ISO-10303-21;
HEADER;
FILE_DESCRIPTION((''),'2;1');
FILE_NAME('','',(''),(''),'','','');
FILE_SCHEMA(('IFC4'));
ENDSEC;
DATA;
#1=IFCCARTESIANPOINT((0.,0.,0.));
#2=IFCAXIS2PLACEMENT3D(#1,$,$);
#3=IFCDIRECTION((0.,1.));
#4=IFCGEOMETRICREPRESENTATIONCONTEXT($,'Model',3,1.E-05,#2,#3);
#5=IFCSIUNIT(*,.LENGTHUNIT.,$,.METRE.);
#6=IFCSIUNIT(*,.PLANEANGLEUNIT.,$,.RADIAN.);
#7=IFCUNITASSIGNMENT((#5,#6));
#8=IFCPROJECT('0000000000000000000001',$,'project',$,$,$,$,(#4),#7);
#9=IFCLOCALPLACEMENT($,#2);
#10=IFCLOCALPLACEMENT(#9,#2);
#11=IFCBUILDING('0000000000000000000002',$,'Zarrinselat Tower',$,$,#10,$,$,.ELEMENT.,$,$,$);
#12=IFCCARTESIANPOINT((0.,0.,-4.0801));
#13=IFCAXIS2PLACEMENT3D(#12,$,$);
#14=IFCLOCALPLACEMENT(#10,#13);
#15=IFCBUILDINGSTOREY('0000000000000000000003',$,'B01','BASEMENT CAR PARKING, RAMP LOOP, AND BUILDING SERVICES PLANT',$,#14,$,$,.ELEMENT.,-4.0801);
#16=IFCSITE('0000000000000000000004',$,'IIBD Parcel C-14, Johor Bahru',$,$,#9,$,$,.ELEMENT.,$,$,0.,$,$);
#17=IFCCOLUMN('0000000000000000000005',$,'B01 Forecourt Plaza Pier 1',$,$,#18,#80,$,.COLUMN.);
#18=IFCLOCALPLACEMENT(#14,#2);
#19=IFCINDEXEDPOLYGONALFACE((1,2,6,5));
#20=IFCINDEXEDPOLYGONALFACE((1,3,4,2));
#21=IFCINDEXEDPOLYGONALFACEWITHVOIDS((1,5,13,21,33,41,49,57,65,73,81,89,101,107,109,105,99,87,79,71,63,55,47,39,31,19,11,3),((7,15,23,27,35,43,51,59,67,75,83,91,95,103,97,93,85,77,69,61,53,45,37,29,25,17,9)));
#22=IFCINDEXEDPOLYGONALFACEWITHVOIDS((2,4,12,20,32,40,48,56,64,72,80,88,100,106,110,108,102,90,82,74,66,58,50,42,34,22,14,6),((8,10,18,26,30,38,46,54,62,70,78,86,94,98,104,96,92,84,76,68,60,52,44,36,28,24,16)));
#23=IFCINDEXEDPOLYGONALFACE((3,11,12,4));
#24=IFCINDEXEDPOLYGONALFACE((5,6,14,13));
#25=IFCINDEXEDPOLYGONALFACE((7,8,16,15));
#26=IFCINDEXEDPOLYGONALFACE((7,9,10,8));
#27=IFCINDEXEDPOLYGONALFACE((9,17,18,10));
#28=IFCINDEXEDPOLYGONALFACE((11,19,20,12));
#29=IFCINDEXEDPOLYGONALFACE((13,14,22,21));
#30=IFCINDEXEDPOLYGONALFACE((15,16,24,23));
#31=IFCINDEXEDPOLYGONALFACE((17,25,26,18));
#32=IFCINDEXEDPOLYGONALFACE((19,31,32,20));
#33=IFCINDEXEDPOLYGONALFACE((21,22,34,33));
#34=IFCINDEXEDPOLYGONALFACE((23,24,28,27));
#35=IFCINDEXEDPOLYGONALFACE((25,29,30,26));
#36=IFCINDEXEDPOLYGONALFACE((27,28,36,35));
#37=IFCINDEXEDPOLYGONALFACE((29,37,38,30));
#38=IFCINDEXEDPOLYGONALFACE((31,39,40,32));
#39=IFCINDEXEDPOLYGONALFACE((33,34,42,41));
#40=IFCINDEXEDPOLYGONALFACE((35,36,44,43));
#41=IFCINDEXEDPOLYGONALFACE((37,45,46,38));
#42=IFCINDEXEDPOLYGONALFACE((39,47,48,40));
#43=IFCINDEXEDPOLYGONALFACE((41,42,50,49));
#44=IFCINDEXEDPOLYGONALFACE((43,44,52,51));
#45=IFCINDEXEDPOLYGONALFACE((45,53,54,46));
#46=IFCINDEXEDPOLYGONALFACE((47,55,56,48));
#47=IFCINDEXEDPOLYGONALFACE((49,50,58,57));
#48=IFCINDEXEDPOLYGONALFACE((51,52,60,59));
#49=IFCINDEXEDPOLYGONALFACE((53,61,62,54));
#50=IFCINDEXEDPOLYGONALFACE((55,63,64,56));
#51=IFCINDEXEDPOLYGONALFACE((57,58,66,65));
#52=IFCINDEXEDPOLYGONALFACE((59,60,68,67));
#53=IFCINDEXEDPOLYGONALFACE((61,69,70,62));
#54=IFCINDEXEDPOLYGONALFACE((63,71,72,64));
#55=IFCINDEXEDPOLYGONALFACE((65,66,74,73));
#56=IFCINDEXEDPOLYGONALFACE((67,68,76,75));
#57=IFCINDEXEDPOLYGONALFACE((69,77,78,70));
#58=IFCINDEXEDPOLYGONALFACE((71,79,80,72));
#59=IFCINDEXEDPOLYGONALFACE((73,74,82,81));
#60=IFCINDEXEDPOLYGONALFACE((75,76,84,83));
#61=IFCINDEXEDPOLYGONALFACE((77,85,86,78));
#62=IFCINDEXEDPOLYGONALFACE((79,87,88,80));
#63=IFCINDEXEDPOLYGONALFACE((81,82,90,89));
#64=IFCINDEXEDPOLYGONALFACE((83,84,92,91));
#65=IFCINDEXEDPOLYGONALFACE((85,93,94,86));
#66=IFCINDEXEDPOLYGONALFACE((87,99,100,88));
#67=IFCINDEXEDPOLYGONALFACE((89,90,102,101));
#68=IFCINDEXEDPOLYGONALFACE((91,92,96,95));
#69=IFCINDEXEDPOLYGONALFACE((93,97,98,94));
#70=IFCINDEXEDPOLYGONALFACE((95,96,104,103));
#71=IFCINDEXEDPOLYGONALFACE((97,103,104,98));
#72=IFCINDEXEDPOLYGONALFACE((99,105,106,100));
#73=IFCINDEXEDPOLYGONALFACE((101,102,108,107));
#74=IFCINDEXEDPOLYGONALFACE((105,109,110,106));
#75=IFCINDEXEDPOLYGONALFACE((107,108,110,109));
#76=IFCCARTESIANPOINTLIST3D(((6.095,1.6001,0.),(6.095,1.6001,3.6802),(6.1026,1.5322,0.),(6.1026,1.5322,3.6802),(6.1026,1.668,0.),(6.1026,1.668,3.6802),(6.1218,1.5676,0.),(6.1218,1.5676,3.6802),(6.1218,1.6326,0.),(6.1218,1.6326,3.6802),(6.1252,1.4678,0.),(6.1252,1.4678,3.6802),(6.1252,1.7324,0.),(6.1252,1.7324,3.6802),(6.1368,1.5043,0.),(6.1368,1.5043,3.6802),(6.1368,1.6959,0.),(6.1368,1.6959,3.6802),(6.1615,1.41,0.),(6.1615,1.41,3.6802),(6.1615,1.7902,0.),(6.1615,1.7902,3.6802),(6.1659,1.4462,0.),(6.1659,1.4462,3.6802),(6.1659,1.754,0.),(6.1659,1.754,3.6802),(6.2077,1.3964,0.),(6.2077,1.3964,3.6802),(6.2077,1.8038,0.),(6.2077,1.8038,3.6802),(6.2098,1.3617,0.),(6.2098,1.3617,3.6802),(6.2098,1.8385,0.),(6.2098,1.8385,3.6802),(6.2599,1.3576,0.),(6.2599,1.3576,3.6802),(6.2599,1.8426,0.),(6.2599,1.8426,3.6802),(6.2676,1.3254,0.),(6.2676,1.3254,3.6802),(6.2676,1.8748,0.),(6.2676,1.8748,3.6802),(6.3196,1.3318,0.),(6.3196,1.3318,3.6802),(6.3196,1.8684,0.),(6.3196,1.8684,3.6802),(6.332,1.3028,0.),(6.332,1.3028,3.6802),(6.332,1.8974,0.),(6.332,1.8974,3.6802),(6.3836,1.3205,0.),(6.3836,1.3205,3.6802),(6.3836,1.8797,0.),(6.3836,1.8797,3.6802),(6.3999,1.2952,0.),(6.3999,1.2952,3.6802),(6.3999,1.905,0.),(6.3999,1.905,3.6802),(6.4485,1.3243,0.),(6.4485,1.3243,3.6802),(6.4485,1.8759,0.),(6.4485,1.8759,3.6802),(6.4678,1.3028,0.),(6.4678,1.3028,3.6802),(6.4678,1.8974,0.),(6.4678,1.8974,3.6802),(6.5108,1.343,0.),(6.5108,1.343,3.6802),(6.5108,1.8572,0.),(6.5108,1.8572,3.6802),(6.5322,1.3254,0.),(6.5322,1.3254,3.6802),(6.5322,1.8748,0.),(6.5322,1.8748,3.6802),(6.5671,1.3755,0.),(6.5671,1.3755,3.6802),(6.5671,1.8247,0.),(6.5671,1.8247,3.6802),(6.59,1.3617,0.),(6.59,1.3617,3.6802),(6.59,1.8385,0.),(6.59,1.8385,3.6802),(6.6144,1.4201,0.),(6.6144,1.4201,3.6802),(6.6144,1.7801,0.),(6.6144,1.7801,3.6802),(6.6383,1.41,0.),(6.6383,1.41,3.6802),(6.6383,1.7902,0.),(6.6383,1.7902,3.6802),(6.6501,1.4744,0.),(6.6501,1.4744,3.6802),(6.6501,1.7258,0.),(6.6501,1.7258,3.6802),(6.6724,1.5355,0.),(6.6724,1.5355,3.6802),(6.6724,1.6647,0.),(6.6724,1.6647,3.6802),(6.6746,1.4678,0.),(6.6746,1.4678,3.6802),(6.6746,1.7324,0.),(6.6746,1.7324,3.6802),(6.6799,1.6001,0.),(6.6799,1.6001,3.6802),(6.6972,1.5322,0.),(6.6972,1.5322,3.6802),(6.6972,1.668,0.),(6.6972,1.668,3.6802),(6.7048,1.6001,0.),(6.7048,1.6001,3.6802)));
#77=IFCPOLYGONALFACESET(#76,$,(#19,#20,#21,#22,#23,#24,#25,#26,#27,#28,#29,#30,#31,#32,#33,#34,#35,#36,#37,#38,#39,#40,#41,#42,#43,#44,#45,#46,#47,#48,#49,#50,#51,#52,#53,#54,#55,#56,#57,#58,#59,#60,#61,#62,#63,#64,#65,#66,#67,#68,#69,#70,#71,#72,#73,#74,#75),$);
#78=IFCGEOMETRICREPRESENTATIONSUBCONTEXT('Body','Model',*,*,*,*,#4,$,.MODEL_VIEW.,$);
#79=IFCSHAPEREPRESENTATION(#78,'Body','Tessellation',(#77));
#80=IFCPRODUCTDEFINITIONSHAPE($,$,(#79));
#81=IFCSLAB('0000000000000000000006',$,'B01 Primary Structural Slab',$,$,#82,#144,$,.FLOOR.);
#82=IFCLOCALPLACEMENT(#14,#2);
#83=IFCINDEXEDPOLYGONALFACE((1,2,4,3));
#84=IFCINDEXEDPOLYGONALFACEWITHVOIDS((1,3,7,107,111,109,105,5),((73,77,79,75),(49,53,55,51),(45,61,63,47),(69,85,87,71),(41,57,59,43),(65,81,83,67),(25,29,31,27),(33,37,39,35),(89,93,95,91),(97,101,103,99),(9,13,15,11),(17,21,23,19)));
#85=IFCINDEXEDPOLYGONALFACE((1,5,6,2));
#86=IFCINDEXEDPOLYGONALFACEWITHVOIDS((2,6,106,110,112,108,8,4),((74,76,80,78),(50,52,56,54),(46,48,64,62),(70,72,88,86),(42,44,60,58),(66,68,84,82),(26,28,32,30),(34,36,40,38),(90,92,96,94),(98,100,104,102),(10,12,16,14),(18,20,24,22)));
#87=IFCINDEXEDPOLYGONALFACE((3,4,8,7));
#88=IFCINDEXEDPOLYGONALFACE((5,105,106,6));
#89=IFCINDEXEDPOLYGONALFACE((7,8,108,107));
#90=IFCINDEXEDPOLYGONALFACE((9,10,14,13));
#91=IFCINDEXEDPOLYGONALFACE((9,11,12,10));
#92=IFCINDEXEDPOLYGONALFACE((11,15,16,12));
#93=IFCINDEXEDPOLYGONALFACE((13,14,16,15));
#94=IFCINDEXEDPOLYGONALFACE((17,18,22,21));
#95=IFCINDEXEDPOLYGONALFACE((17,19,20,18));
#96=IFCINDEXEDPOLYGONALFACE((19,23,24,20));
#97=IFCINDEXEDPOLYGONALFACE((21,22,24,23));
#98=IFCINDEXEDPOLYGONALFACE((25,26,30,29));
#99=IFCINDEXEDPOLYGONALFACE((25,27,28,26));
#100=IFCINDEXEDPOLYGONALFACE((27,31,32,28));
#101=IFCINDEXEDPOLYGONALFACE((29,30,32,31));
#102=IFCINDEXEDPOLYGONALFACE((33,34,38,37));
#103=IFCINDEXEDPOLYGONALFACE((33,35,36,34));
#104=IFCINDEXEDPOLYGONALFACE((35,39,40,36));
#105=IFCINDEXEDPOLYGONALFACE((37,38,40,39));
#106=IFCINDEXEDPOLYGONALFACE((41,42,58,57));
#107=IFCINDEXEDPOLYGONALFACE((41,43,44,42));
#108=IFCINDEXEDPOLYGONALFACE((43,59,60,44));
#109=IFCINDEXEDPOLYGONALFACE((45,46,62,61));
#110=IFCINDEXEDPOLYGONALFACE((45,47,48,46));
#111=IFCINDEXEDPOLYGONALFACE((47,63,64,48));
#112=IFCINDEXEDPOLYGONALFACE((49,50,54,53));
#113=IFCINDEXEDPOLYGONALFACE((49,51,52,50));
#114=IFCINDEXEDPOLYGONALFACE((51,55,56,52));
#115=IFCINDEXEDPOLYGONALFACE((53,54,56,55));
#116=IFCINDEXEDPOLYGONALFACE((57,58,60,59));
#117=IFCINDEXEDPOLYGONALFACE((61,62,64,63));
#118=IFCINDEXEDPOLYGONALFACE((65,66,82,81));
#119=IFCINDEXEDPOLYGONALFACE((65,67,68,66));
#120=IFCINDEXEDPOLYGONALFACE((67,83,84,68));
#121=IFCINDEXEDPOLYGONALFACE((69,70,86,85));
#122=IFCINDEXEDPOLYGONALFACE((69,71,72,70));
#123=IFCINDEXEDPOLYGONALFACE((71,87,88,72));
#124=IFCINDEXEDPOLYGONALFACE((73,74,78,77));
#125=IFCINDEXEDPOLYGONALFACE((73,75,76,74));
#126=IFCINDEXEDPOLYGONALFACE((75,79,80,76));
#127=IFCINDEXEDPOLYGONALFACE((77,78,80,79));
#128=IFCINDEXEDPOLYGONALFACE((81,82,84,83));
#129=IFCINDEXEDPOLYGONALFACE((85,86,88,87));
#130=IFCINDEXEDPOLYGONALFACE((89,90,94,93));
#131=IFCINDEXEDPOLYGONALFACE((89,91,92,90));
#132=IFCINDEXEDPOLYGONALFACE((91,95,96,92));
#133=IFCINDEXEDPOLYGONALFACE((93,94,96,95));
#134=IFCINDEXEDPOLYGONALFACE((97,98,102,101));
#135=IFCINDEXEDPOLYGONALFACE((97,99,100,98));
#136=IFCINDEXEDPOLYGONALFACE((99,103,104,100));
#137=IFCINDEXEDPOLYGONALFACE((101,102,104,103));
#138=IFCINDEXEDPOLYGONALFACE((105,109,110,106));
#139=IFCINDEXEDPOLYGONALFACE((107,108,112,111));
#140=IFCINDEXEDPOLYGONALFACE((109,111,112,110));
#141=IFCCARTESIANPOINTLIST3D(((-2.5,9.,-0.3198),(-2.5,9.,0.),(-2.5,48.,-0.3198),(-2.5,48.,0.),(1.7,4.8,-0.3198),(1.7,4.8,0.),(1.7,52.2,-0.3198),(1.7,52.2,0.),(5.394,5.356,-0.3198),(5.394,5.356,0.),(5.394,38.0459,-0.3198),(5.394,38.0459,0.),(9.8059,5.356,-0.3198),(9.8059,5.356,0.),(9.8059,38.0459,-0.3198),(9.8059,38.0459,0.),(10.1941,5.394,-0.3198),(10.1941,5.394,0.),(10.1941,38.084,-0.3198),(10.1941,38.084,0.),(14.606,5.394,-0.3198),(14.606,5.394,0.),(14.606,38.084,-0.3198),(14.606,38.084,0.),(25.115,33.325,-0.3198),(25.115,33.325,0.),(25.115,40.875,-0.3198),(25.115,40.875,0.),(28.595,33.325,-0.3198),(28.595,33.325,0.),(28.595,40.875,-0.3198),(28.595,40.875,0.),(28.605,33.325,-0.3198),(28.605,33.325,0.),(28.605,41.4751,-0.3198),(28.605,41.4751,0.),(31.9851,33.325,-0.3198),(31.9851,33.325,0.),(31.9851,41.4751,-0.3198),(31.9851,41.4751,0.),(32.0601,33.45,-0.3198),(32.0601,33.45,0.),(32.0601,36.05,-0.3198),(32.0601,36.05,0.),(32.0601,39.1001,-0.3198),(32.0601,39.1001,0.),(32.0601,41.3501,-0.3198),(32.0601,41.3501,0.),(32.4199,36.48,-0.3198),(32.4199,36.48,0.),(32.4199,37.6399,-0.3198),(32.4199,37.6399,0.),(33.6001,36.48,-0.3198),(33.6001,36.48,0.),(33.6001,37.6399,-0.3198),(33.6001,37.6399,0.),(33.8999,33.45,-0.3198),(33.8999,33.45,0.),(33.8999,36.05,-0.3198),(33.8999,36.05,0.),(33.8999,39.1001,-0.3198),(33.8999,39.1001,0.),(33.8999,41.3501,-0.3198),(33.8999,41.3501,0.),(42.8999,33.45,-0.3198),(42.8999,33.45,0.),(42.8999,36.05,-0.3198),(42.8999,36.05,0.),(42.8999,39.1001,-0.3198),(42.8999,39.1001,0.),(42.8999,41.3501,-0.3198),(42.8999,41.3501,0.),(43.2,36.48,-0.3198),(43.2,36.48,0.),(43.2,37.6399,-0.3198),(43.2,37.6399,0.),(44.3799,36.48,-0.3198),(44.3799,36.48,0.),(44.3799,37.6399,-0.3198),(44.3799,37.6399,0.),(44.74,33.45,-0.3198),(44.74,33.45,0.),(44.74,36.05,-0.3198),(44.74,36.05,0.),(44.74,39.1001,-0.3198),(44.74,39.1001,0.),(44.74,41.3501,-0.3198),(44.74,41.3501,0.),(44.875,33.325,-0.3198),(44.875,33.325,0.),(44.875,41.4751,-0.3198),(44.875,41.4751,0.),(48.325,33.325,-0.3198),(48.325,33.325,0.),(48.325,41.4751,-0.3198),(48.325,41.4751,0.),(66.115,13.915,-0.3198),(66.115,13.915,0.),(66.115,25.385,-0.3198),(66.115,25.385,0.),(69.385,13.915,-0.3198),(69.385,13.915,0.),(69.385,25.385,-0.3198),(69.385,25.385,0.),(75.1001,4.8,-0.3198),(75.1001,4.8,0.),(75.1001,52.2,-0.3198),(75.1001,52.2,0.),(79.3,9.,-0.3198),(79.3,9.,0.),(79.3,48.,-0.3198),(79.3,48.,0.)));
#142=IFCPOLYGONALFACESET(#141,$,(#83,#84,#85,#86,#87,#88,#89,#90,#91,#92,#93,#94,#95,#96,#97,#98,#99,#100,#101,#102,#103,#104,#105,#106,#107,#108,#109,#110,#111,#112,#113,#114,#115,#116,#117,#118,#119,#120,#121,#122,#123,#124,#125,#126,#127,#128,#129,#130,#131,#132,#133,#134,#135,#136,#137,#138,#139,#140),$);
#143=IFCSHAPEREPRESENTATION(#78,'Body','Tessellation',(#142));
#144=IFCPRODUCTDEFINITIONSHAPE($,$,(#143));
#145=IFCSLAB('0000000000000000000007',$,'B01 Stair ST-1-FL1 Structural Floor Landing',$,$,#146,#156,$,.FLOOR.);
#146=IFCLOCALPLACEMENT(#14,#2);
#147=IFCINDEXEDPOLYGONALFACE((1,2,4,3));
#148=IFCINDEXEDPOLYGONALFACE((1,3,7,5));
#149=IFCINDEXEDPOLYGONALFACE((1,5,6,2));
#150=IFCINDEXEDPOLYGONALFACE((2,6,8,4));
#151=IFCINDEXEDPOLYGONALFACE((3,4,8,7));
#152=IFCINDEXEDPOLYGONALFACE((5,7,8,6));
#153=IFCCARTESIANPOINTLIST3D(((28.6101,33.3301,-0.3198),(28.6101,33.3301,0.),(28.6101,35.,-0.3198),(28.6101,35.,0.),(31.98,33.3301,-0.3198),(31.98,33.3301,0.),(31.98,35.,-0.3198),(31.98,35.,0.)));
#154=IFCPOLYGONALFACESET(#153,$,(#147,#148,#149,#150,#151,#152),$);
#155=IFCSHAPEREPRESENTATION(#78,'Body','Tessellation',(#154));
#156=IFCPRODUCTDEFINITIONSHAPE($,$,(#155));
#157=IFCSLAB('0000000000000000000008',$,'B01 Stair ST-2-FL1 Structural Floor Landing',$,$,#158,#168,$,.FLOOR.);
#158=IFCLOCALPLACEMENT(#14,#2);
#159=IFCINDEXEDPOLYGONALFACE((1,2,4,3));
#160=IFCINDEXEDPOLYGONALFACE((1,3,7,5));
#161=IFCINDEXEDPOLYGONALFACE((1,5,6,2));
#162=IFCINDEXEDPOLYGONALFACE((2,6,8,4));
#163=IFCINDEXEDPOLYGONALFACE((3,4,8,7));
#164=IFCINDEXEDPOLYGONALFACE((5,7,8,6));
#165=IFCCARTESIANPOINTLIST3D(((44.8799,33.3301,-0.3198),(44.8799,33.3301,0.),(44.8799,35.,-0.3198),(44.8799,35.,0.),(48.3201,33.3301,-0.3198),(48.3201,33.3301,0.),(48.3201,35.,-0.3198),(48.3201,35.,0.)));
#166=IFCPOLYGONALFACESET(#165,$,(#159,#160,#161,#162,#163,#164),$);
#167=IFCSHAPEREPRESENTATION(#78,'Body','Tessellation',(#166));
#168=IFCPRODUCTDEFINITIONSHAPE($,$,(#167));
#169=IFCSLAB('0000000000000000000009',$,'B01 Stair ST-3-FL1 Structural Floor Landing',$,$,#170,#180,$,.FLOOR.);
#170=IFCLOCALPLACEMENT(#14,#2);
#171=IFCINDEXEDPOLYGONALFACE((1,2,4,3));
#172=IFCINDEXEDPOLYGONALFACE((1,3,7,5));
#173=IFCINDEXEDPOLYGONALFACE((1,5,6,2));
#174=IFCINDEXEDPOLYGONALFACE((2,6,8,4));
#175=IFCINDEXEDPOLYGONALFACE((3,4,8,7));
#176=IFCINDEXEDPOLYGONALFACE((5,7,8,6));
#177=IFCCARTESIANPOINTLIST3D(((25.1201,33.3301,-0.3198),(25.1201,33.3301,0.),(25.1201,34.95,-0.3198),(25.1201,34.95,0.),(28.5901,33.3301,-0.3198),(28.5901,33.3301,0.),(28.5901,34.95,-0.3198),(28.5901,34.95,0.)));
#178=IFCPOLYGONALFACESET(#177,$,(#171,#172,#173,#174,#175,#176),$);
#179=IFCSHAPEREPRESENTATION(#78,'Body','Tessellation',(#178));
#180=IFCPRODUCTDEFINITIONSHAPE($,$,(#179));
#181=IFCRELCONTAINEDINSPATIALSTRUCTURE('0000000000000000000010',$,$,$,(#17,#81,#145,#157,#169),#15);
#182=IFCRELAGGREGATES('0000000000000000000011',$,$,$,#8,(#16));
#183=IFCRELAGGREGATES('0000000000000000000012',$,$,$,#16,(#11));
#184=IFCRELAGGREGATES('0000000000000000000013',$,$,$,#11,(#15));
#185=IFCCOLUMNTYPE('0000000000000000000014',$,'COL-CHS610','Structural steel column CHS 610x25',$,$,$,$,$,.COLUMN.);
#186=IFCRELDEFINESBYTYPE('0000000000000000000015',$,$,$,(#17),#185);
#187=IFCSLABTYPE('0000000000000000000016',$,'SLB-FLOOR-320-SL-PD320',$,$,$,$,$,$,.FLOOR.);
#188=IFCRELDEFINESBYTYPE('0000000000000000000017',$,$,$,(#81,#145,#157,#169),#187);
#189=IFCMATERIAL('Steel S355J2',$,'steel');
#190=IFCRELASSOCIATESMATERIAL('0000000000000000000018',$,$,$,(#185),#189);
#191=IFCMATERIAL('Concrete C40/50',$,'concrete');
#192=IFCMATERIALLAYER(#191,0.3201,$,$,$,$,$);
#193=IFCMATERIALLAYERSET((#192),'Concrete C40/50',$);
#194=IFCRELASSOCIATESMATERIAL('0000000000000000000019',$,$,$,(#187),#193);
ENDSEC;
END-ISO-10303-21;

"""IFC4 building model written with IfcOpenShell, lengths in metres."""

from ifc_helpers import new_model, si_unit, direction, frame, origin, origin_2d, place, context, subcontext, project, spatial, polyline, hollow_circle, outline, extrude, material, layer, layer_set, material_profile, profile_set, type_object, element, save


model = new_model("IFC4")

# Units and contexts
model_context = context("Model", 3, precision=1e-05, world=origin(), true_north=direction((0.0, 1.0)))
body_context = subcontext(model_context, "Body", "Model", "MODEL_VIEW")
ifc_project = project(units=[si_unit("LENGTHUNIT", "METRE"), si_unit("PLANEANGLEUNIT", "RADIAN")], contexts=[model_context])

# Site, building, storey
site_placement = place(None, origin())
site = spatial("IfcSite", under=ifc_project, at=site_placement, Name="IIBD Parcel C-14, Johor Bahru", CompositionType="ELEMENT", RefElevation=0.0)
building_placement = place(site_placement, origin())
building = spatial("IfcBuilding", under=site, at=building_placement, Name="Zarrinselat Tower", CompositionType="ELEMENT")
storey_placement = place(building_placement, frame((0.0, 0.0, -4.0801)))
storey = spatial("IfcBuildingStorey", under=building, at=storey_placement, Name="B01", Description="BASEMENT CAR PARKING, RAMP LOOP, AND BUILDING SERVICES PLANT", CompositionType="ELEMENT", Elevation=-4.0801)

# Column
ifc_material_1 = material(Name="Steel S355J2", Category="steel")
ifc_material_profile = material_profile(ifc_material_1, hollow_circle(Radius=0.3049, WallThickness=0.0249, at=origin_2d()), Name="CHS 610x25")
ifc_profile_set = profile_set([ifc_material_profile], Name="Steel S355J2")
column_type = type_object("IfcColumnType", Name="COL-CHS610", Description="Structural steel column CHS 610x25", PredefinedType="COLUMN", material=ifc_profile_set)
column_placement = place(storey_placement, frame((6.3999, 1.6001, 0.0), z_axis=(0.0, 0.0, 1.0), x_axis=(1.0, 0.0, 0.0)))
element("IfcColumn", 1, at=column_placement, inside=storey, type_object=column_type, Name="B01 Forecourt Plaza Pier 1", PredefinedType="COLUMN", context=body_context, shape_type="SweptSolid", body=[
    extrude(hollow_circle(Radius=0.3049, WallThickness=0.0249, at=origin_2d()), origin(), (0.0, 0.0, 1.0), 3.6802),
])

# Slabs
ifc_material_2 = material(Name="Concrete C40/50", Category="concrete")
ifc_layer_1 = layer(ifc_material_2, 0.3201)
ifc_layer_set_1 = layer_set([ifc_layer_1], Name="Concrete C40/50")
slab_type_1 = type_object("IfcSlabType", Name="SLB-FLOOR-320-SL-PD320", PredefinedType="FLOOR", material=ifc_layer_set_1)
slab_1_placement = place(storey_placement, frame((0.0, 0.0, -0.3198)))
element("IfcSlab", 2, at=slab_1_placement, inside=storey, type_object=slab_type_1, Name="B01 Primary Structural Slab", PredefinedType="FLOOR", context=body_context, shape_type="SweptSolid", body=[
    extrude(outline(polyline([(1.7, 4.8), (75.1001, 4.8), (79.3, 9.0), (79.3, 48.0), (75.1001, 52.2), (1.7, 52.2), (-2.5, 48.0), (-2.5, 9.0), (1.7, 4.8)]), holes=[polyline([(9.8059, 5.356), (5.394, 5.356), (5.394, 38.0459), (9.8059, 38.0459), (9.8059, 5.356)]), polyline([(10.1941, 5.394), (10.1941, 38.084), (14.606, 38.084), (14.606, 5.394), (10.1941, 5.394)]), polyline([(32.0601, 33.45), (32.0601, 36.05), (33.8999, 36.05), (33.8999, 33.45), (32.0601, 33.45)]), polyline([(28.595, 40.875), (28.595, 33.325), (25.115, 33.325), (25.115, 40.875), (28.595, 40.875)]), polyline([(31.9851, 33.325), (28.605, 33.325), (28.605, 41.4751), (31.9851, 41.4751), (31.9851, 33.325)]), polyline([(32.0601, 39.1001), (32.0601, 41.3501), (33.8999, 41.3501), (33.8999, 39.1001), (32.0601, 39.1001)]), polyline([(69.385, 25.385), (69.385, 13.915), (66.115, 13.915), (66.115, 25.385), (69.385, 25.385)]), polyline([(42.8999, 33.45), (42.8999, 36.05), (44.74, 36.05), (44.74, 33.45), (42.8999, 33.45)]), polyline([(32.4199, 36.48), (32.4199, 37.6399), (33.6001, 37.6399), (33.6001, 36.48), (32.4199, 36.48)]), polyline([(44.3799, 36.48), (43.2, 36.48), (43.2, 37.6399), (44.3799, 37.6399), (44.3799, 36.48)]), polyline([(48.325, 33.325), (44.875, 33.325), (44.875, 41.4751), (48.325, 41.4751), (48.325, 33.325)]), polyline([(42.8999, 39.1001), (42.8999, 41.3501), (44.74, 41.3501), (44.74, 39.1001), (42.8999, 39.1001)])]), origin(), (0.0, 0.0, 1.0), 0.3198),
])
slab_2_placement = place(storey_placement, frame((0.0, 0.0, -0.3198)))
element("IfcSlab", 3, at=slab_2_placement, inside=storey, type_object=slab_type_1, Name="B01 Stair ST-1-FL1 Structural Floor Landing", PredefinedType="FLOOR", context=body_context, shape_type="SweptSolid", body=[
    extrude(outline(polyline([(31.98, 33.3301), (31.98, 35.0), (28.6101, 35.0), (28.6101, 33.3301), (31.98, 33.3301)])), origin(), (0.0, 0.0, 1.0), 0.3198),
])
slab_3_placement = place(storey_placement, frame((0.0, 0.0, -0.3198)))
element("IfcSlab", 4, at=slab_3_placement, inside=storey, type_object=slab_type_1, Name="B01 Stair ST-2-FL1 Structural Floor Landing", PredefinedType="FLOOR", context=body_context, shape_type="SweptSolid", body=[
    extrude(outline(polyline([(48.3201, 33.3301), (48.3201, 35.0), (44.8799, 35.0), (44.8799, 33.3301), (48.3201, 33.3301)])), origin(), (0.0, 0.0, 1.0), 0.3198),
])
slab_4_placement = place(storey_placement, frame((0.0, 0.0, -0.3198)))
element("IfcSlab", 5, at=slab_4_placement, inside=storey, type_object=slab_type_1, Name="B01 Stair ST-3-FL1 Structural Floor Landing", PredefinedType="FLOOR", context=body_context, shape_type="SweptSolid", body=[
    extrude(outline(polyline([(28.5901, 33.3301), (28.5901, 34.95), (25.1201, 34.95), (25.1201, 33.3301), (28.5901, 33.3301)])), origin(), (0.0, 0.0, 1.0), 0.3198),
])

save(model, "model.ifc")
